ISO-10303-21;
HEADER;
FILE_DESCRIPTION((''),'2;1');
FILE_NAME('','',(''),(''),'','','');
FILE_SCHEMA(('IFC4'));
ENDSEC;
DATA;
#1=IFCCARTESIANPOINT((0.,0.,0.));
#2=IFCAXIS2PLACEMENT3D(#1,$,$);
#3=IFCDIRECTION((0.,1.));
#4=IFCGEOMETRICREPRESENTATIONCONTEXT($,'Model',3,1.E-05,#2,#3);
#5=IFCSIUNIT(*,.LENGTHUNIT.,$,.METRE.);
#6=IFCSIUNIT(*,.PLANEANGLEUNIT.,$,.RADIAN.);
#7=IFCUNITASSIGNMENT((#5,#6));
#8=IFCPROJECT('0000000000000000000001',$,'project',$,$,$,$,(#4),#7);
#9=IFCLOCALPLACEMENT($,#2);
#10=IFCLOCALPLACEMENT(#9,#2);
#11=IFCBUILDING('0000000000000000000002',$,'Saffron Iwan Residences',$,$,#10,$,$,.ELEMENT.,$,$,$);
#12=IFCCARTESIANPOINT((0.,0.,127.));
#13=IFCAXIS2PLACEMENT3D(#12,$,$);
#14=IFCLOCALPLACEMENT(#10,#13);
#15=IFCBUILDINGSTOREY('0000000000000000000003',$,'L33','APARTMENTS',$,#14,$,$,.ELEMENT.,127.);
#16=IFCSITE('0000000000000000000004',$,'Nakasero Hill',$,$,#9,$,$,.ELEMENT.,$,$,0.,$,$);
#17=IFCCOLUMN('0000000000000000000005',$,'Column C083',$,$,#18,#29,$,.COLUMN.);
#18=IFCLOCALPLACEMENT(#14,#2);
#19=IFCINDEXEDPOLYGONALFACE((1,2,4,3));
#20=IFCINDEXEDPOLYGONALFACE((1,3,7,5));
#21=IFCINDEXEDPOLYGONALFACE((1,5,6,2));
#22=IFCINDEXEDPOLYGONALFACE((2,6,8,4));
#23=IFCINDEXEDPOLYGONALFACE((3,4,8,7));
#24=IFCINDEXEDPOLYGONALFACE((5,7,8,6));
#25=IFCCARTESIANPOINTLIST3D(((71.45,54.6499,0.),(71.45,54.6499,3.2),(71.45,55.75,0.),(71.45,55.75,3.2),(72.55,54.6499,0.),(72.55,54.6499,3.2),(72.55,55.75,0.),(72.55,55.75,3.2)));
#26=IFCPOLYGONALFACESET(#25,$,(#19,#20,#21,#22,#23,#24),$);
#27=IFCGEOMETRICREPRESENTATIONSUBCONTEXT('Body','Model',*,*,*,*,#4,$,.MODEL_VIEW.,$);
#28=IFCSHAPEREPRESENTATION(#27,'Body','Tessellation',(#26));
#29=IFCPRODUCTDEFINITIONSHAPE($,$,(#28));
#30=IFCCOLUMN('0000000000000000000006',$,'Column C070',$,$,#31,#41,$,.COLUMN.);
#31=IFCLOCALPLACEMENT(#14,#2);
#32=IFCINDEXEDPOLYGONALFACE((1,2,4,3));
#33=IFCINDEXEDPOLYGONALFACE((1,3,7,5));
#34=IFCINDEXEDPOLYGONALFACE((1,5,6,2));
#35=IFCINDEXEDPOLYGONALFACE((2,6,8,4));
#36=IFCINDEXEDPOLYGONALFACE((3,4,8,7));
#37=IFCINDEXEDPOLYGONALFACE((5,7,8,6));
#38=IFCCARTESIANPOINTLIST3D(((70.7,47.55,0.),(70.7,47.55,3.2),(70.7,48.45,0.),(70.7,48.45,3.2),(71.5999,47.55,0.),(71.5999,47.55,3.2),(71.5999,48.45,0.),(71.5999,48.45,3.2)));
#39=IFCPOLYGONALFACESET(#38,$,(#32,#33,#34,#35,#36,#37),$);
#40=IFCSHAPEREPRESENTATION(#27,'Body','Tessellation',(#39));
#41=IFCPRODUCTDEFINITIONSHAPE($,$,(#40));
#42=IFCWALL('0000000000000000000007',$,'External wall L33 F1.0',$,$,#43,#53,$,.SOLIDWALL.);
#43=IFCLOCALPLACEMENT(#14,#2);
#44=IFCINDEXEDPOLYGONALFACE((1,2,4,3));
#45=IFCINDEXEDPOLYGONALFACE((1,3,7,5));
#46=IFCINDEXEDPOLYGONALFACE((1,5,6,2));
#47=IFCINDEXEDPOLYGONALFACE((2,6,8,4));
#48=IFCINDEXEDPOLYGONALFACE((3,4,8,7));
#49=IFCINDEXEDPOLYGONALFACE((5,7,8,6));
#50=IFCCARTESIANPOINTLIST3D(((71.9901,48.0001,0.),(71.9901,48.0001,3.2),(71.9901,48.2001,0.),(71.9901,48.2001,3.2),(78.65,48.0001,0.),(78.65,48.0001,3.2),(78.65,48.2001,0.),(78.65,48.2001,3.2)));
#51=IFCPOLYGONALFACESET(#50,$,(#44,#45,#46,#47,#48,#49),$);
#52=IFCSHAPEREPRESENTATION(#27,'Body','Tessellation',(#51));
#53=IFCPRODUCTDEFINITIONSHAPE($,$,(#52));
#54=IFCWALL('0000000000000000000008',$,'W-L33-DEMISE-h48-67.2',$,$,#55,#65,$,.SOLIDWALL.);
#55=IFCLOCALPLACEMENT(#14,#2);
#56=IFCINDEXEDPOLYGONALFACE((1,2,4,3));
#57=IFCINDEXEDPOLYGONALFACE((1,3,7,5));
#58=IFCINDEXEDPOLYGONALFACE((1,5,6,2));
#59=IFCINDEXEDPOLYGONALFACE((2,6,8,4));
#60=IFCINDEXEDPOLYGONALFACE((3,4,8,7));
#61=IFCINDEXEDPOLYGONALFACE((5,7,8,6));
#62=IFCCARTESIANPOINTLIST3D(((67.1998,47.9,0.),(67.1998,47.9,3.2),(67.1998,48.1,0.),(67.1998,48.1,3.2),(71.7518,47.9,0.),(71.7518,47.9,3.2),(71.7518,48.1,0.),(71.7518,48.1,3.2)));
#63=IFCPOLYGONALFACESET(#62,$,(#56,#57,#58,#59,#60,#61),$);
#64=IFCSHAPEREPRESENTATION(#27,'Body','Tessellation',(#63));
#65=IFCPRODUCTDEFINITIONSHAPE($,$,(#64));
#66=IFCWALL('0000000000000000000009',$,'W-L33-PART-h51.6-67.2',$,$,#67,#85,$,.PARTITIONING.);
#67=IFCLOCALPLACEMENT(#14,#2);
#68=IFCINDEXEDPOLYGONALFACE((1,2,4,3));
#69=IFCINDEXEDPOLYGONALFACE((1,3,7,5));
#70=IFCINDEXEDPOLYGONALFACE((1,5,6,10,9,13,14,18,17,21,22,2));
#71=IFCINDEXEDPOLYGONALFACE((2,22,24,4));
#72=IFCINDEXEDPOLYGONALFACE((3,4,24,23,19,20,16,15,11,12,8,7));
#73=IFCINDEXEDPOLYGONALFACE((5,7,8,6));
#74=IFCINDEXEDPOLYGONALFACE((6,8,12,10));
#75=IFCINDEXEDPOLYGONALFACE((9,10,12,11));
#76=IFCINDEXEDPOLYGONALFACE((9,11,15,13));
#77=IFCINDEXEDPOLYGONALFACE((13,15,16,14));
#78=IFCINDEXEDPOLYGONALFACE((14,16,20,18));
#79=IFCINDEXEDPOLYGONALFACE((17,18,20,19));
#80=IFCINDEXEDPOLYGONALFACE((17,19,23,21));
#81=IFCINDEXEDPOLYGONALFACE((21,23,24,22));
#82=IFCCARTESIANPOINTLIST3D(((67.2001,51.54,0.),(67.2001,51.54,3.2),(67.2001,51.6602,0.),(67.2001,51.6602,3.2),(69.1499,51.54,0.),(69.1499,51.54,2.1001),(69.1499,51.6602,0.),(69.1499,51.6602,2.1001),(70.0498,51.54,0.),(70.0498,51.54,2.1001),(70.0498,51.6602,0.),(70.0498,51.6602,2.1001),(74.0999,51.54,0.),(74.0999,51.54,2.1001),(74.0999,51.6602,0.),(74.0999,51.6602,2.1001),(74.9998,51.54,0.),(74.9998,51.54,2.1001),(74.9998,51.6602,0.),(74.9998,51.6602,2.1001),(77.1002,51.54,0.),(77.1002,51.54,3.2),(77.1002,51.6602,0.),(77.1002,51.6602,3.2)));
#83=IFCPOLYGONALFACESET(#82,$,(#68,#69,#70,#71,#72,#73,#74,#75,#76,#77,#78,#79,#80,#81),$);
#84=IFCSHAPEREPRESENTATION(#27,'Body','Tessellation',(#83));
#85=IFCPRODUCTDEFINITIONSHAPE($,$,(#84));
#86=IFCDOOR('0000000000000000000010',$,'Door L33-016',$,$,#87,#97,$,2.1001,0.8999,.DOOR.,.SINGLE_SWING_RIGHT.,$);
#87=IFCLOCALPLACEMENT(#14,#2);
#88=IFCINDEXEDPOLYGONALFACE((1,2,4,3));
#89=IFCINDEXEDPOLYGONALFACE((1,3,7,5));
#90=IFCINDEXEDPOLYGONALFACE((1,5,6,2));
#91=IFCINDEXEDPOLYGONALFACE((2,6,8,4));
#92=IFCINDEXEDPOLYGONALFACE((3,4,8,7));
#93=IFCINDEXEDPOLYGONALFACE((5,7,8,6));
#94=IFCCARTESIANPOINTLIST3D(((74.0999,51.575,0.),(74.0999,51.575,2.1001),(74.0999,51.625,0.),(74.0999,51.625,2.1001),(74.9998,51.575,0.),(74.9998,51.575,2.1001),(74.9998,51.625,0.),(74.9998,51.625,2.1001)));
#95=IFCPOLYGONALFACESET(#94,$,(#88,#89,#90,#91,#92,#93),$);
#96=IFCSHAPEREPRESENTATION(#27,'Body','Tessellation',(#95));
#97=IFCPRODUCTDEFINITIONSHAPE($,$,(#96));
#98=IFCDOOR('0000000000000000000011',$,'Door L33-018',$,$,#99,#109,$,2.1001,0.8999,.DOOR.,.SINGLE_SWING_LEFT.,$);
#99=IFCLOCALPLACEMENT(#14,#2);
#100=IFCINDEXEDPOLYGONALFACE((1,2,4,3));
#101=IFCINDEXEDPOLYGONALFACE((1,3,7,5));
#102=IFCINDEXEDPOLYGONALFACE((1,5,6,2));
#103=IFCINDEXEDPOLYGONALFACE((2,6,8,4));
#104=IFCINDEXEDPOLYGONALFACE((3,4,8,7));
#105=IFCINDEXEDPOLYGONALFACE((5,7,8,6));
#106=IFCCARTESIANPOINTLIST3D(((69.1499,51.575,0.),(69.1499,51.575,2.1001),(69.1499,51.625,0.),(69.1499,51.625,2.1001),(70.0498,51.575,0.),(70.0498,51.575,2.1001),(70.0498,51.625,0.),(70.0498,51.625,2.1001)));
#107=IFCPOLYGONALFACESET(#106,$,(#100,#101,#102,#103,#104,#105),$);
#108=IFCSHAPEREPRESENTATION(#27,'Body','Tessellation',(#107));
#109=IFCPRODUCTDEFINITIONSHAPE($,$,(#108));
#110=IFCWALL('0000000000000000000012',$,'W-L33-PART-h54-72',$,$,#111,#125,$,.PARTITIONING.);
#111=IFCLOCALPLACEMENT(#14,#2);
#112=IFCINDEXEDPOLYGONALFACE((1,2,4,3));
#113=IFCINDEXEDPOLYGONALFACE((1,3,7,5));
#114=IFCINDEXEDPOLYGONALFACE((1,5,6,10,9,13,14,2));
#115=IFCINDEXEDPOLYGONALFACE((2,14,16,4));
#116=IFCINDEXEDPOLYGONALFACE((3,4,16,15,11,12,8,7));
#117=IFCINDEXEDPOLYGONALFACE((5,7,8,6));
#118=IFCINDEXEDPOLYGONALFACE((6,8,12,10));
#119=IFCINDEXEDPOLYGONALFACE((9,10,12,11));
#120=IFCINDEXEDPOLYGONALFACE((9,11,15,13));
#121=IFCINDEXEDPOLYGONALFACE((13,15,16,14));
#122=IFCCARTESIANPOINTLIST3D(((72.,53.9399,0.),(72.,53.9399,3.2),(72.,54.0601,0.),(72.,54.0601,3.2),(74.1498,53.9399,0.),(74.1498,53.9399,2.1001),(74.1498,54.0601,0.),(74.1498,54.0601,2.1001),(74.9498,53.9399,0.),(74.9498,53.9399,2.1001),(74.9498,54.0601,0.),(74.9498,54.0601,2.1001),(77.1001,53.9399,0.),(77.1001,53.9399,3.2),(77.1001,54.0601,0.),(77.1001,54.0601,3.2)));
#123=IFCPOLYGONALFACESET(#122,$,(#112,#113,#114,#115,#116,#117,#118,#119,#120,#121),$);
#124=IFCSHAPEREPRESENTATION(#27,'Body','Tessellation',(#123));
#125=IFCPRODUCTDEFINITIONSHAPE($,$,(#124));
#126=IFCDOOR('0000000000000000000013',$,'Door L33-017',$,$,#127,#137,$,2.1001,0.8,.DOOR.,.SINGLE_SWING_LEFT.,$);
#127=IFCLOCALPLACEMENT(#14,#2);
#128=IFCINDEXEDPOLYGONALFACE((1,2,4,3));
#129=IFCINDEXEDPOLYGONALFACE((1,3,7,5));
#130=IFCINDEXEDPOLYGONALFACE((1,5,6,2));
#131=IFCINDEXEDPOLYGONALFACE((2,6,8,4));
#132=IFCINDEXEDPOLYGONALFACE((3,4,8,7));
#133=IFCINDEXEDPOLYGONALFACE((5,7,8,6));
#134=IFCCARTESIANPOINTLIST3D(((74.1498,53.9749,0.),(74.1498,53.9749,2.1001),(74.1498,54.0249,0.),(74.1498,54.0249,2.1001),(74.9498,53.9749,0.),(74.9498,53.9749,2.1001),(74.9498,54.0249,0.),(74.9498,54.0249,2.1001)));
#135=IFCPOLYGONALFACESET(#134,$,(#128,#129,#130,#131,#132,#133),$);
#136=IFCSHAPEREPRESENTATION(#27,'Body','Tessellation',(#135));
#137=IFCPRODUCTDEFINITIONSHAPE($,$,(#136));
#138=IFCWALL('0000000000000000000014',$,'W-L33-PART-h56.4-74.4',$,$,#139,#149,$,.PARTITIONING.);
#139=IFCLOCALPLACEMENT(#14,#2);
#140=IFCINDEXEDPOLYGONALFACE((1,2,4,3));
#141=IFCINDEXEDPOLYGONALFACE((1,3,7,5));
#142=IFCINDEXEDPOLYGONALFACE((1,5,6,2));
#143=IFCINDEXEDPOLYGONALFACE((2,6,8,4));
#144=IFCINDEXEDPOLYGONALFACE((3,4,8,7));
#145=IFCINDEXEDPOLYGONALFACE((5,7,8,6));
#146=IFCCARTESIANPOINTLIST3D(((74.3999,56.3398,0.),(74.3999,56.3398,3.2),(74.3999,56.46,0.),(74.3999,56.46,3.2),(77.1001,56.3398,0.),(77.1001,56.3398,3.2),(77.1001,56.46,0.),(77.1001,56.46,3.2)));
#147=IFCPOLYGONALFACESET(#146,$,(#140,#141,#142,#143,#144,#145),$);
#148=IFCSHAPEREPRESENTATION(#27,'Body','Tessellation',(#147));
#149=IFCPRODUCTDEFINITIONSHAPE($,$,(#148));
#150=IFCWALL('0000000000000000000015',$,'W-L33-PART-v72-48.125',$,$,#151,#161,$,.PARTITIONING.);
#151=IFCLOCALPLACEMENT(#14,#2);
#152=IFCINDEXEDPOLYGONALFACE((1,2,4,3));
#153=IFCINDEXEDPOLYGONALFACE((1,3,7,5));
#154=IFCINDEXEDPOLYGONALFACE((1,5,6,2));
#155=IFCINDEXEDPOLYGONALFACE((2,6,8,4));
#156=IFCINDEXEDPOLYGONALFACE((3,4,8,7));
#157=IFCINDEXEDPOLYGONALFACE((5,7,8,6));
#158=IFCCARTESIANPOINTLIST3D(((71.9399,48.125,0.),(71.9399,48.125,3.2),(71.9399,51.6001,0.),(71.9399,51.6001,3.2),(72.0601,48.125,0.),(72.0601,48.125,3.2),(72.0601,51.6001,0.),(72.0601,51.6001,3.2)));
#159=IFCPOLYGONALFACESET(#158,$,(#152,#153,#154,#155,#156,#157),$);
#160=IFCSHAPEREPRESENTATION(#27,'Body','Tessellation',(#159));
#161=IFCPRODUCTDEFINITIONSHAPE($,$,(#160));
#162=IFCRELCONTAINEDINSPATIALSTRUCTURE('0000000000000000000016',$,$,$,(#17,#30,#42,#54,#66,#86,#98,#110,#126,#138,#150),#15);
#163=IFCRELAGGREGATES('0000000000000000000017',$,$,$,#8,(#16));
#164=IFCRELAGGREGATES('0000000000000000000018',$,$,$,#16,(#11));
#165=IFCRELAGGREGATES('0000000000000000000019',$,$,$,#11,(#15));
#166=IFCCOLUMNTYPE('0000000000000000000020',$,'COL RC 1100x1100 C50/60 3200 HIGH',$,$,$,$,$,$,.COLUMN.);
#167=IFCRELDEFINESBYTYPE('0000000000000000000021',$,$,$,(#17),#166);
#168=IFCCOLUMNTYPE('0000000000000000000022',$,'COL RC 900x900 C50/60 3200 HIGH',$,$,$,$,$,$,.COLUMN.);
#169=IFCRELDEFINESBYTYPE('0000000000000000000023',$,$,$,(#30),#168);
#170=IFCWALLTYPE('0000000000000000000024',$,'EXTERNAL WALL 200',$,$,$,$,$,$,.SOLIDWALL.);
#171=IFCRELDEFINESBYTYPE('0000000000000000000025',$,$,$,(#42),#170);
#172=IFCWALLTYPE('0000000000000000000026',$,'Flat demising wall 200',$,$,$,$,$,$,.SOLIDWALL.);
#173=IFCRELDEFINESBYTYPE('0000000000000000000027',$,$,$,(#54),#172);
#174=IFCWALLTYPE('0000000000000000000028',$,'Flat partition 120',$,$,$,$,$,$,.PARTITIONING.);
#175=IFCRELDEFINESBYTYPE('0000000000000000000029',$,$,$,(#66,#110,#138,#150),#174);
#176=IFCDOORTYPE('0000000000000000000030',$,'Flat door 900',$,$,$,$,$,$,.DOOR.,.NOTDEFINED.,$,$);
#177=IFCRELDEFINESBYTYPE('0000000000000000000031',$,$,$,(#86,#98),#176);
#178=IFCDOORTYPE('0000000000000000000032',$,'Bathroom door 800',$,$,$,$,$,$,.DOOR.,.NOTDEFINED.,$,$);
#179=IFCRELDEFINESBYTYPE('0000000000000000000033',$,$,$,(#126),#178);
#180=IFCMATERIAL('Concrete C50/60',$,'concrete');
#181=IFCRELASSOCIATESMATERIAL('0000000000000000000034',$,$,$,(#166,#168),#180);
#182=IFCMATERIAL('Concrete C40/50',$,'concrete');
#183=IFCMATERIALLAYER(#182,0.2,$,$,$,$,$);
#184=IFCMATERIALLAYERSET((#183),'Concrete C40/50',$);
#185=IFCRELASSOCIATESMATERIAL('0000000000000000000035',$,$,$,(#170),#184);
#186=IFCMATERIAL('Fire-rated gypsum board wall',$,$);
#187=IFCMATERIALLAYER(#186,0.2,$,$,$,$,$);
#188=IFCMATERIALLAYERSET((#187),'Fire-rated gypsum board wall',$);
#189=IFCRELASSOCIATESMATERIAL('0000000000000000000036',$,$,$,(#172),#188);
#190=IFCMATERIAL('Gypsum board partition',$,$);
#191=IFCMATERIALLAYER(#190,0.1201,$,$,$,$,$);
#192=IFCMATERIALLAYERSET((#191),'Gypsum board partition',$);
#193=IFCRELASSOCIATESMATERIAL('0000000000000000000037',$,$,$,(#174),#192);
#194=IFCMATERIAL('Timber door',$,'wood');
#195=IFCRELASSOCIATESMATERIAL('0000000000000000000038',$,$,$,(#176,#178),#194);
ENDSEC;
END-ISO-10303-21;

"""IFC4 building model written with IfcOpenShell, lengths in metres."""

from ifc_helpers import new_model, si_unit, direction, frame, frame_2d, origin, origin_2d, place, context, subcontext, project, spatial, rectangle, extrude, source, transform, mapped, material, layer, layer_set, material_profile, profile_set, type_object, element, fill, save


model = new_model("IFC4")

# Units and contexts
model_context = context("Model", 3, precision=1e-05, world=origin(), true_north=direction((0.0, 1.0)))
body_context = subcontext(model_context, "Body", "Model", "MODEL_VIEW")
ifc_project = project(units=[si_unit("LENGTHUNIT", "METRE"), si_unit("PLANEANGLEUNIT", "RADIAN")], contexts=[model_context])

# Site, building, storey
site_placement = place(None, origin())
site = spatial("IfcSite", under=ifc_project, at=site_placement, Name="Nakasero Hill", CompositionType="ELEMENT", RefElevation=0.0)
building_placement = place(site_placement, origin())
building = spatial("IfcBuilding", under=site, at=building_placement, Name="Saffron Iwan Residences", CompositionType="ELEMENT")
storey_placement = place(building_placement, frame((0.0, 0.0, 127.0)))
storey = spatial("IfcBuildingStorey", under=building, at=storey_placement, Name="L33", Description="APARTMENTS", CompositionType="ELEMENT", Elevation=127.0)

# Columns
ifc_material_1 = material(Name="Concrete C50/60", Category="concrete")
ifc_material_profile_1 = material_profile(ifc_material_1, rectangle(XDim=1.1001, YDim=1.1001, at=origin_2d()), Name="RC 1100x1100")
ifc_profile_set_1 = profile_set([ifc_material_profile_1], Name="Concrete C50/60")
column_type_1 = type_object("IfcColumnType", Name="COL RC 1100x1100 C50/60 3200 HIGH", PredefinedType="COLUMN", material=ifc_profile_set_1)
shared_shape_1 = source(origin(), body_context, "Body", "SweptSolid", [
    extrude(rectangle(XDim=1.1001, YDim=1.1001, at=origin_2d()), origin(), (0.0, 0.0, 1.0), 3.2),
])
column_1_placement = place(storey_placement, frame((72.0, 55.2, 0.0), z_axis=(0.0, 0.0, 1.0), x_axis=(1.0, 0.0, 0.0)))
element("IfcColumn", 1, at=column_1_placement, inside=storey, type_object=column_type_1, Name="Column C083", PredefinedType="COLUMN", context=body_context, shape_type="MappedRepresentation", body=[
    mapped(shared_shape_1, transform((0.0, 0.0, 0.0))),
])
ifc_material_profile_2 = material_profile(ifc_material_1, rectangle(XDim=0.8999, YDim=0.8999, at=origin_2d()), Name="RC 900x900")
ifc_profile_set_2 = profile_set([ifc_material_profile_2], Name="Concrete C50/60")
column_type_2 = type_object("IfcColumnType", Name="COL RC 900x900 C50/60 3200 HIGH", PredefinedType="COLUMN", material=ifc_profile_set_2)
shared_shape_2 = source(origin(), body_context, "Body", "SweptSolid", [
    extrude(rectangle(XDim=0.8999, YDim=0.8999, at=origin_2d()), origin(), (0.0, 0.0, 1.0), 3.2),
])
column_2_placement = place(storey_placement, frame((71.1499, 48.0, 0.0), z_axis=(0.0, 0.0, 1.0), x_axis=(1.0, 0.0, 0.0)))
element("IfcColumn", 2, at=column_2_placement, inside=storey, type_object=column_type_2, Name="Column C070", PredefinedType="COLUMN", context=body_context, shape_type="MappedRepresentation", body=[
    mapped(shared_shape_2, transform((0.0, 0.0, 0.0))),
])

# Walls
ifc_material_2 = material(Name="Concrete C40/50", Category="concrete")
ifc_layer_1 = layer(ifc_material_2, 0.2)
ifc_layer_set_1 = layer_set([ifc_layer_1], Name="Concrete C40/50")
wall_type_1 = type_object("IfcWallType", Name="EXTERNAL WALL 200", PredefinedType="SOLIDWALL", material=ifc_layer_set_1)
wall_1_placement = place(storey_placement, frame((71.99, 48.1001, 0.0), z_axis=(0.0, 0.0, 1.0), x_axis=(1.0, 0.0, 0.0)))
element("IfcWall", 3, at=wall_1_placement, inside=storey, type_object=wall_type_1, Name="External wall L33 F1.0", PredefinedType="SOLIDWALL", context=body_context, shape_type="SweptSolid", body=[
    extrude(rectangle(XDim=6.6599, YDim=0.2, at=frame_2d((3.3301, 0.0))), origin(), (0.0, 0.0, 1.0), 3.2),
])
ifc_material_3 = material(Name="Fire-rated gypsum board wall")
ifc_layer_2 = layer(ifc_material_3, 0.2)
ifc_layer_set_2 = layer_set([ifc_layer_2], Name="Fire-rated gypsum board wall")
wall_type_2 = type_object("IfcWallType", Name="Flat demising wall 200", PredefinedType="SOLIDWALL", material=ifc_layer_set_2)
wall_2_placement = place(storey_placement, frame((67.2, 48.0, 0.0), z_axis=(0.0, 0.0, 1.0), x_axis=(1.0, 0.0, 0.0)))
element("IfcWall", 4, at=wall_2_placement, inside=storey, type_object=wall_type_2, Name="W-L33-DEMISE-h48-67.2", PredefinedType="SOLIDWALL", context=body_context, shape_type="SweptSolid", body=[
    extrude(rectangle(XDim=4.552, YDim=0.2, at=frame_2d((2.2759, 0.0))), origin(), (0.0, 0.0, 1.0), 3.2),
])

# Wall, openings, doors
ifc_material_4 = material(Name="Gypsum board partition")
ifc_layer_3 = layer(ifc_material_4, 0.1201)
ifc_layer_set_3 = layer_set([ifc_layer_3], Name="Gypsum board partition")
wall_type_3 = type_object("IfcWallType", Name="Flat partition 120", PredefinedType="PARTITIONING", material=ifc_layer_set_3)
wall_3_placement = place(storey_placement, frame((67.2, 51.6001, 0.0), z_axis=(0.0, 0.0, 1.0), x_axis=(1.0, 0.0, 0.0)))
wall_3 = element("IfcWall", 5, at=wall_3_placement, inside=storey, type_object=wall_type_3, Name="W-L33-PART-h51.6-67.2", PredefinedType="PARTITIONING", context=body_context, shape_type="SweptSolid", body=[
    extrude(rectangle(XDim=9.9001, YDim=0.1201, at=frame_2d((4.9502, 0.0))), origin(), (0.0, 0.0, 1.0), 3.2),
])
opening_1_placement = place(wall_3_placement, frame((6.8999, 0.0, 0.0)))
opening_1 = element("IfcOpeningElement", 6, at=opening_1_placement, cuts=wall_3, PredefinedType="OPENING", context=body_context, shape_type="SweptSolid", body=[
    extrude(rectangle(XDim=0.8999, YDim=2.1001, at=frame_2d((0.45, 1.05))), frame((0.0, 0.0701, 0.0), z_axis=(0.0, -1.0, 0.0), x_axis=(1.0, 0.0, 0.0)), (0.0, 0.0, 1.0), 0.1401),
])
opening_2_placement = place(wall_3_placement, frame((1.95, 0.0, 0.0)))
opening_2 = element("IfcOpeningElement", 7, at=opening_2_placement, cuts=wall_3, PredefinedType="OPENING", context=body_context, shape_type="SweptSolid", body=[
    extrude(rectangle(XDim=0.8999, YDim=2.1001, at=frame_2d((0.45, 1.05))), frame((0.0, 0.0701, 0.0), z_axis=(0.0, -1.0, 0.0), x_axis=(1.0, 0.0, 0.0)), (0.0, 0.0, 1.0), 0.1401),
])
ifc_material_5 = material(Name="Timber door", Category="wood")
door_type_1 = type_object("IfcDoorType", Name="Flat door 900", OperationType="NOTDEFINED", PredefinedType="DOOR", material=ifc_material_5)
door_1_placement = place(opening_1_placement, origin())
door_1 = element("IfcDoor", 8, at=door_1_placement, inside=storey, type_object=door_type_1, Name="Door L33-016", OperationType="SINGLE_SWING_RIGHT", OverallHeight=2.1001, OverallWidth=0.8999, PredefinedType="DOOR", context=body_context, shape_type="SweptSolid", body=[
    extrude(rectangle(XDim=0.8999, YDim=2.1001, at=frame_2d((0.45, 1.05))), frame((0.0, 0.0249, 0.0), z_axis=(0.0, -1.0, 0.0), x_axis=(1.0, 0.0, 0.0)), (0.0, 0.0, 1.0), 0.05),
])
fill(opening_1, door_1)
door_2_placement = place(opening_2_placement, origin())
door_2 = element("IfcDoor", 9, at=door_2_placement, inside=storey, type_object=door_type_1, Name="Door L33-018", OperationType="SINGLE_SWING_LEFT", OverallHeight=2.1001, OverallWidth=0.8999, PredefinedType="DOOR", context=body_context, shape_type="SweptSolid", body=[
    extrude(rectangle(XDim=0.8999, YDim=2.1001, at=frame_2d((0.45, 1.05))), frame((0.0, 0.0249, 0.0), z_axis=(0.0, -1.0, 0.0), x_axis=(1.0, 0.0, 0.0)), (0.0, 0.0, 1.0), 0.05),
])
fill(opening_2, door_2)

# Wall, opening, door
wall_4_placement = place(storey_placement, frame((72.0, 54.0, 0.0), z_axis=(0.0, 0.0, 1.0), x_axis=(1.0, 0.0, 0.0)))
wall_4 = element("IfcWall", 10, at=wall_4_placement, inside=storey, type_object=wall_type_3, Name="W-L33-PART-h54-72", PredefinedType="PARTITIONING", context=body_context, shape_type="SweptSolid", body=[
    extrude(rectangle(XDim=5.1001, YDim=0.1201, at=frame_2d((2.55, 0.0))), origin(), (0.0, 0.0, 1.0), 3.2),
])
opening_3_placement = place(wall_4_placement, frame((2.1499, 0.0, 0.0)))
opening_3 = element("IfcOpeningElement", 11, at=opening_3_placement, cuts=wall_4, PredefinedType="OPENING", context=body_context, shape_type="SweptSolid", body=[
    extrude(rectangle(XDim=0.8, YDim=2.1001, at=frame_2d((0.3999, 1.05))), frame((0.0, 0.0701, 0.0), z_axis=(0.0, -1.0, 0.0), x_axis=(1.0, 0.0, 0.0)), (0.0, 0.0, 1.0), 0.1401),
])
door_type_2 = type_object("IfcDoorType", Name="Bathroom door 800", OperationType="NOTDEFINED", PredefinedType="DOOR", material=ifc_material_5)
door_3_placement = place(opening_3_placement, origin())
door_3 = element("IfcDoor", 12, at=door_3_placement, inside=storey, type_object=door_type_2, Name="Door L33-017", OperationType="SINGLE_SWING_LEFT", OverallHeight=2.1001, OverallWidth=0.8, PredefinedType="DOOR", context=body_context, shape_type="SweptSolid", body=[
    extrude(rectangle(XDim=0.8, YDim=2.1001, at=frame_2d((0.3999, 1.05))), frame((0.0, 0.0249, 0.0), z_axis=(0.0, -1.0, 0.0), x_axis=(1.0, 0.0, 0.0)), (0.0, 0.0, 1.0), 0.05),
])
fill(opening_3, door_3)

# Walls
wall_5_placement = place(storey_placement, frame((74.3999, 56.3999, 0.0), z_axis=(0.0, 0.0, 1.0), x_axis=(1.0, 0.0, 0.0)))
element("IfcWall", 13, at=wall_5_placement, inside=storey, type_object=wall_type_3, Name="W-L33-PART-h56.4-74.4", PredefinedType="PARTITIONING", context=body_context, shape_type="SweptSolid", body=[
    extrude(rectangle(XDim=2.7002, YDim=0.1201, at=frame_2d((1.3501, 0.0))), origin(), (0.0, 0.0, 1.0), 3.2),
])
wall_6_placement = place(storey_placement, frame((72.0, 48.125, 0.0), z_axis=(0.0, 0.0, 1.0), x_axis=(0.0, 1.0, 0.0)))
element("IfcWall", 14, at=wall_6_placement, inside=storey, type_object=wall_type_3, Name="W-L33-PART-v72-48.125", PredefinedType="PARTITIONING", context=body_context, shape_type="SweptSolid", body=[
    extrude(rectangle(XDim=3.4751, YDim=0.1201, at=frame_2d((1.7375, 0.0))), origin(), (0.0, 0.0, 1.0), 3.2),
])

save(model, "model.ifc")
